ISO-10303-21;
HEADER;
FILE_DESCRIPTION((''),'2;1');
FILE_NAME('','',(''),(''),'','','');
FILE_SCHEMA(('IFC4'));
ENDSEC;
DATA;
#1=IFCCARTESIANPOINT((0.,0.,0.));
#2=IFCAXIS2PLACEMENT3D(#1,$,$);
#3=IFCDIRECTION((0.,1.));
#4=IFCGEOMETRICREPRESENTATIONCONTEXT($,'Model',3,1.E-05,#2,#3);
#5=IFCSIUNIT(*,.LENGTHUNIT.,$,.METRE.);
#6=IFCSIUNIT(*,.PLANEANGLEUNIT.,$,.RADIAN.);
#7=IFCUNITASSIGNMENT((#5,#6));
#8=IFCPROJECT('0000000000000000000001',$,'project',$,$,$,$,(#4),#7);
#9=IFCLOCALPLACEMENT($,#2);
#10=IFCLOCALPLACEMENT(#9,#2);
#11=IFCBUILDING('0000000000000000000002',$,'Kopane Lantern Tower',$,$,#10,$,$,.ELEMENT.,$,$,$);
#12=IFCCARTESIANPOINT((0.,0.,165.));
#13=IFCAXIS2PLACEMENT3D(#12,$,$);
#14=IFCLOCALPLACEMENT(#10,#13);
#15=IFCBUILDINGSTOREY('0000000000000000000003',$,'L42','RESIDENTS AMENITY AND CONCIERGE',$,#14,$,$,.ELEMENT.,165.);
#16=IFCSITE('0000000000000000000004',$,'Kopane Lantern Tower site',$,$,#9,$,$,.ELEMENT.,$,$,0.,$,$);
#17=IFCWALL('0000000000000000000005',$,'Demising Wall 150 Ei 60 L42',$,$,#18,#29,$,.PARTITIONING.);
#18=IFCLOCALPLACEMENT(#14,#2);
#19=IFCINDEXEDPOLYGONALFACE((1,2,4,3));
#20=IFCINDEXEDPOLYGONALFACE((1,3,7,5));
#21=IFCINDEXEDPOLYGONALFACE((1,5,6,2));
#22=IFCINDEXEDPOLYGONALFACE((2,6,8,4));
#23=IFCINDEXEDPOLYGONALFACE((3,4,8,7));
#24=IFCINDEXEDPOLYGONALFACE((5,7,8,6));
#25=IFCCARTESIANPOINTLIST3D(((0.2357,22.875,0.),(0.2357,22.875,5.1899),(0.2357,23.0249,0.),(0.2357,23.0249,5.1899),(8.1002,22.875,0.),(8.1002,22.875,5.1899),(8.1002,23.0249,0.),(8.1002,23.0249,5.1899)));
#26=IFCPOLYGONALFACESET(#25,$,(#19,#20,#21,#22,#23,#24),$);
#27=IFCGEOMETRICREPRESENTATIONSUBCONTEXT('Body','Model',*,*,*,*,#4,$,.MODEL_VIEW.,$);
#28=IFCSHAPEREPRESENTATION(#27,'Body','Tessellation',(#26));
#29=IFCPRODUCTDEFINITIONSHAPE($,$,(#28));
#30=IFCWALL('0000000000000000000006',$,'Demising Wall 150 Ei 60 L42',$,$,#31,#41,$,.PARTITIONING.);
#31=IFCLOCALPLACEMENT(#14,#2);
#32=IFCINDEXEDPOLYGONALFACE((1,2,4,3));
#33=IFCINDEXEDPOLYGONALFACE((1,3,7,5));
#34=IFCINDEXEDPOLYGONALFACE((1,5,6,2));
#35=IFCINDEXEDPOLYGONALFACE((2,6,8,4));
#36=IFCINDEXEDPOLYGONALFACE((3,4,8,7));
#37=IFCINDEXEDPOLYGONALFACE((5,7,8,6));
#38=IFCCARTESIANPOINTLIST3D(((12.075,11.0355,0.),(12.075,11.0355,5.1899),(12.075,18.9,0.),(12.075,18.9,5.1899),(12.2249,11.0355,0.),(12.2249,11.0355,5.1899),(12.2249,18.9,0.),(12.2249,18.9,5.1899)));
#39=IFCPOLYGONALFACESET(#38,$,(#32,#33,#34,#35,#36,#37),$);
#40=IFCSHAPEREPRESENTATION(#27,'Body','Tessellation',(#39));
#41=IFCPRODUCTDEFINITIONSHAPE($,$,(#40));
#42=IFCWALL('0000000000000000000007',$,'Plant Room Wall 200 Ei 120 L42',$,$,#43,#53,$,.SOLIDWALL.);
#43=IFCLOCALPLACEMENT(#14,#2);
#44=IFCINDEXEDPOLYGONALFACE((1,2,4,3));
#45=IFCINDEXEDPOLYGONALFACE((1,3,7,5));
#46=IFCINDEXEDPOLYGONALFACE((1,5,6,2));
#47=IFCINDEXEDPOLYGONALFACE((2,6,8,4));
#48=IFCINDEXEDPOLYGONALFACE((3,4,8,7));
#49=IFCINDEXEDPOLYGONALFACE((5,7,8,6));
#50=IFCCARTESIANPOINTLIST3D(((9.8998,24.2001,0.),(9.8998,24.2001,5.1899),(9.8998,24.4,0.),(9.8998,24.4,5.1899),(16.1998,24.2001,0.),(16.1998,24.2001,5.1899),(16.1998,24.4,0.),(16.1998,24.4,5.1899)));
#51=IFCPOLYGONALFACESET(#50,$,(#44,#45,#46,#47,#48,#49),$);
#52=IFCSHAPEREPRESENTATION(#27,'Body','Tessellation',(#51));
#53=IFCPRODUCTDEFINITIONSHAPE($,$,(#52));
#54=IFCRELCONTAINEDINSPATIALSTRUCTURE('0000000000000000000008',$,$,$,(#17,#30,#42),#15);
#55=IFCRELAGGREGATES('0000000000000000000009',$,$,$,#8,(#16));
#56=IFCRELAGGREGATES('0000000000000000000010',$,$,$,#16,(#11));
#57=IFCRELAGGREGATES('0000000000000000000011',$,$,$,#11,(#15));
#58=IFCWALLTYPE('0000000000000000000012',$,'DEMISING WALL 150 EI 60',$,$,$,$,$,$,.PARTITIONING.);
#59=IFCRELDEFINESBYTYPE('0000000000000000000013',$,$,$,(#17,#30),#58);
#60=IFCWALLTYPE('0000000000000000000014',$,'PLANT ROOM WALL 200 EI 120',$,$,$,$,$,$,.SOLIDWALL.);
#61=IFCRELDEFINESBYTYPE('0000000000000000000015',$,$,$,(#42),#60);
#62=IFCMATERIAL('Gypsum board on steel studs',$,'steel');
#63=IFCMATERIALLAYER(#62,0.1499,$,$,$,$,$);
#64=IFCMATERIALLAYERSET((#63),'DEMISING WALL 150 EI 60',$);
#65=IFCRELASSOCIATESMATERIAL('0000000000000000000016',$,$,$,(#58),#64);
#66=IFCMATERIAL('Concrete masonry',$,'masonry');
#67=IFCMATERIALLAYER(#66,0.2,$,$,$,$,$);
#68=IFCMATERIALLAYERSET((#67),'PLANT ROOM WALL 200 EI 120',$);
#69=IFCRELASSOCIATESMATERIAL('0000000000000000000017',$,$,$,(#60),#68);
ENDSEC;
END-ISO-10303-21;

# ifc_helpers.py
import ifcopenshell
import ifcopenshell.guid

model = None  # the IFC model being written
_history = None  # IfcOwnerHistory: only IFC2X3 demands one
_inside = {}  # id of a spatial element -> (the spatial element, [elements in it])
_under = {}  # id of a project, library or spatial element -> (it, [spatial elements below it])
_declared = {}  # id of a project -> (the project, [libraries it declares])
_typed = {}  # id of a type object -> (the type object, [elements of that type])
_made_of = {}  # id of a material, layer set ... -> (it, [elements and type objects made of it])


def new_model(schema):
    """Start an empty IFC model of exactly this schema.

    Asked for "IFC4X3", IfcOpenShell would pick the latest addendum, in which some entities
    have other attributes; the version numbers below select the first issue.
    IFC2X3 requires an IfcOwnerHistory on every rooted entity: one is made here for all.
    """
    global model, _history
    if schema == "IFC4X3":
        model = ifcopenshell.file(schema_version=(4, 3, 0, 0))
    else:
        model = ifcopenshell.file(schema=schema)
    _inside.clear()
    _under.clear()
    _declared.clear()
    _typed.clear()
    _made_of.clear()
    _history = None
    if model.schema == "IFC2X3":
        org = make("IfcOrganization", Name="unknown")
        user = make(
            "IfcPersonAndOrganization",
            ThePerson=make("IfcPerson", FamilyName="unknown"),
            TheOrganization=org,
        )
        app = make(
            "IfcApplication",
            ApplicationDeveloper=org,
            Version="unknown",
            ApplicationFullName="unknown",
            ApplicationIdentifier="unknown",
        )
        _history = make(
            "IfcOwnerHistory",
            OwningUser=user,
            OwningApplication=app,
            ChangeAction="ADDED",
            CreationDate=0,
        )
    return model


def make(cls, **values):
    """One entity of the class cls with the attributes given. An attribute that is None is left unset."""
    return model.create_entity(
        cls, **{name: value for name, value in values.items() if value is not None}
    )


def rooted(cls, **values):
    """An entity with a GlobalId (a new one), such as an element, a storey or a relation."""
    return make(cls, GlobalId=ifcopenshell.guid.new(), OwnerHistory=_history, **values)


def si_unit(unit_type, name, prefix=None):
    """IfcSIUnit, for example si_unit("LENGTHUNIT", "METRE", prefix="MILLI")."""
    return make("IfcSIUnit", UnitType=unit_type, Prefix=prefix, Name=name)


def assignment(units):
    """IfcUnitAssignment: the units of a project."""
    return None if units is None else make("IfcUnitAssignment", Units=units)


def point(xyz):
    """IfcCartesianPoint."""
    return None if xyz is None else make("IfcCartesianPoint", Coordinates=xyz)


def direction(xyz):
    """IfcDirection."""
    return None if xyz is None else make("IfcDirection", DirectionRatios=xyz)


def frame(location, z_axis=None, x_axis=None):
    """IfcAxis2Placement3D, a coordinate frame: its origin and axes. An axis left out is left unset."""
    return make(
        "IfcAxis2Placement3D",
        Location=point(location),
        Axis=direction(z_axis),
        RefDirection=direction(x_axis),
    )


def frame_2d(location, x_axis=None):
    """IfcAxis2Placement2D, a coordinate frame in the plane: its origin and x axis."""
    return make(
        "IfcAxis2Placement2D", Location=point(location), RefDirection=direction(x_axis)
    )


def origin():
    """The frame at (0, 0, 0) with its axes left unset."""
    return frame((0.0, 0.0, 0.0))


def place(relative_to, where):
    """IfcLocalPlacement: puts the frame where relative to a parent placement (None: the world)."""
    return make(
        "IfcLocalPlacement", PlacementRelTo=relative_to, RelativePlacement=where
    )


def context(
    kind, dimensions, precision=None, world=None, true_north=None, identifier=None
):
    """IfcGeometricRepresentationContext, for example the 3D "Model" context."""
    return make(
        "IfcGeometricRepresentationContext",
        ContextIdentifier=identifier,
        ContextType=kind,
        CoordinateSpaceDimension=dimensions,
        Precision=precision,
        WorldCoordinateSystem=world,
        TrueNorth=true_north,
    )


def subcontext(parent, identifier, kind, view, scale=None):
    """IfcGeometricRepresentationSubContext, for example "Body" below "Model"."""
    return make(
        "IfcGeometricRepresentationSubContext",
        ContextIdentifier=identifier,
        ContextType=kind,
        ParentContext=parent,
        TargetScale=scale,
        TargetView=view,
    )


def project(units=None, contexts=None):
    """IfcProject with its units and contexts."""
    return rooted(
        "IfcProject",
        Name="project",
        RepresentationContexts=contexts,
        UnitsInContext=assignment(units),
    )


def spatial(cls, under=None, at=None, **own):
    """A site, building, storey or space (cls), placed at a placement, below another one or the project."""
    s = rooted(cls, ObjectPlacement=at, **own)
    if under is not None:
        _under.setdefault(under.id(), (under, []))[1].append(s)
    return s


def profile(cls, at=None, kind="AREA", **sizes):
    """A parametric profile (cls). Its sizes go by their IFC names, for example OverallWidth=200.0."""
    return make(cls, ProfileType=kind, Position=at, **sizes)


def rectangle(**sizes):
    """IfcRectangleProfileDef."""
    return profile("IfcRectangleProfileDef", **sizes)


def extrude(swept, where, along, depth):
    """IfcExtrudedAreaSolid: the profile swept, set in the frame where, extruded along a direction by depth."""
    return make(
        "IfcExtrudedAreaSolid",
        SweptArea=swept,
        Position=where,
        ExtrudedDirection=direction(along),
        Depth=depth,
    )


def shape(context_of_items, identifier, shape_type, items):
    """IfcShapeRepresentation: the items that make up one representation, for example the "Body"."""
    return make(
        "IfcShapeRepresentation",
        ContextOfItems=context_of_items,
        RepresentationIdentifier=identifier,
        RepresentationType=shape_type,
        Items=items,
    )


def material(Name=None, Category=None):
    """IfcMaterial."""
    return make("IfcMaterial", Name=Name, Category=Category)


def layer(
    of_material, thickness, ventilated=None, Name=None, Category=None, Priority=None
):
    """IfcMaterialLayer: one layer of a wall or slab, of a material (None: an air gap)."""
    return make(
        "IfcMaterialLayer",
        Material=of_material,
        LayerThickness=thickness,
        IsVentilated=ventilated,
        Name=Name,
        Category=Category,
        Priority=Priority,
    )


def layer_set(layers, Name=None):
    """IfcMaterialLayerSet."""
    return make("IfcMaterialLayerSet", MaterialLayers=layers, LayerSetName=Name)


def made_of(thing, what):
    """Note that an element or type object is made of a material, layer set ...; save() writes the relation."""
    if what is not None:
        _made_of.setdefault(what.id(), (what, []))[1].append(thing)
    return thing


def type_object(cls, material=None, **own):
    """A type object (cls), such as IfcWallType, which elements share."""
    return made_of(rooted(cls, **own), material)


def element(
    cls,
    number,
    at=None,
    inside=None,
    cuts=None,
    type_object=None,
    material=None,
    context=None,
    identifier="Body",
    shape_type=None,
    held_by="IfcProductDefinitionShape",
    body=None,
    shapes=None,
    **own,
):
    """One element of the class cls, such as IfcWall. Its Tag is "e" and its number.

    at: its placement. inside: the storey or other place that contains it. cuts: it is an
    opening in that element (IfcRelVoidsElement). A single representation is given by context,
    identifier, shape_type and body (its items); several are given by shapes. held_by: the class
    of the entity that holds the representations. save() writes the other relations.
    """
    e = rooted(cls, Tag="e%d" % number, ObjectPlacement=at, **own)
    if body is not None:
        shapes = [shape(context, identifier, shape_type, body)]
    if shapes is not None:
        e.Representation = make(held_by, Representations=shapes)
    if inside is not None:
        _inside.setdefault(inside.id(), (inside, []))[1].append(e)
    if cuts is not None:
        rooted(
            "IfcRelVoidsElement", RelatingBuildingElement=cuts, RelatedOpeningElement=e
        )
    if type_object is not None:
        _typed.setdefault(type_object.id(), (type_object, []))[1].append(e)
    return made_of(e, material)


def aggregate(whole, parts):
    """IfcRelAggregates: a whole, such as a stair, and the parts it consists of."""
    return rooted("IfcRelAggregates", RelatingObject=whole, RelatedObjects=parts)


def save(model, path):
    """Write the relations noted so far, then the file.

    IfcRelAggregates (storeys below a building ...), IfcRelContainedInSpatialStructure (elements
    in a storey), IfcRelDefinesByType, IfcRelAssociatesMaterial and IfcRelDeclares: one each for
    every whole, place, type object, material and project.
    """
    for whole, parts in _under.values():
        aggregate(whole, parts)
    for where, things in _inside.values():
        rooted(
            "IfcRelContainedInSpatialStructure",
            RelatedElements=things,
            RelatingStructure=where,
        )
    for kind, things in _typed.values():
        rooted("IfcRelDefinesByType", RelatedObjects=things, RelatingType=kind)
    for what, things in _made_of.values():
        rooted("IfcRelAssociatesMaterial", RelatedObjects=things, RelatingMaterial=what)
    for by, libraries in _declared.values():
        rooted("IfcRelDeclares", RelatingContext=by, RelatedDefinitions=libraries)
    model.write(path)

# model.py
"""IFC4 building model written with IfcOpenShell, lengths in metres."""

from ifc_helpers import new_model, si_unit, direction, frame, frame_2d, origin, place, context, subcontext, project, spatial, rectangle, extrude, material, layer, layer_set, type_object, element, save


model = new_model("IFC4")

# Units and contexts
model_context = context("Model", 3, precision=1e-05, world=origin(), true_north=direction((0.0, 1.0)))
body_context = subcontext(model_context, "Body", "Model", "MODEL_VIEW")
ifc_project = project(units=[si_unit("LENGTHUNIT", "METRE"), si_unit("PLANEANGLEUNIT", "RADIAN")], contexts=[model_context])

# Site, building, storey
site_placement = place(None, origin())
site = spatial("IfcSite", under=ifc_project, at=site_placement, Name="Kopane Lantern Tower site", CompositionType="ELEMENT", RefElevation=0.0)
building_placement = place(site_placement, origin())
building = spatial("IfcBuilding", under=site, at=building_placement, Name="Kopane Lantern Tower", CompositionType="ELEMENT")
storey_placement = place(building_placement, frame((0.0, 0.0, 165.0)))
storey = spatial("IfcBuildingStorey", under=building, at=storey_placement, Name="L42", Description="RESIDENTS AMENITY AND CONCIERGE", CompositionType="ELEMENT", Elevation=165.0)

# Walls
ifc_material_1 = material(Name="Gypsum board on steel studs", Category="steel")
ifc_layer_1 = layer(ifc_material_1, 0.1499)
ifc_layer_set_1 = layer_set([ifc_layer_1], Name="DEMISING WALL 150 EI 60")
wall_type_1 = type_object("IfcWallType", Name="DEMISING WALL 150 EI 60", PredefinedType="PARTITIONING", material=ifc_layer_set_1)
for number, where, z_axis, x_axis, name in (
    (1, (8.1001, 22.95, 0.0), (0.0, 0.0, 1.0), (-1.0, 0.0, 0.0), "Demising Wall 150 Ei 60 L42"),
    (2, (12.1499, 18.8999, 0.0), (0.0, 0.0, 1.0), (0.0, -1.0, 0.0), "Demising Wall 150 Ei 60 L42"),
):
    element("IfcWall", number, at=place(storey_placement, frame(where, z_axis=z_axis, x_axis=x_axis)), inside=storey, type_object=wall_type_1, Name=name, PredefinedType="PARTITIONING", context=body_context, shape_type="SweptSolid", body=[
        extrude(rectangle(XDim=7.8645, YDim=0.1499, at=frame_2d((3.9321, 0.0))), origin(), (0.0, 0.0, 1.0), 5.1899),
    ])
ifc_material_2 = material(Name="Concrete masonry", Category="masonry")
ifc_layer_2 = layer(ifc_material_2, 0.2)
ifc_layer_set_2 = layer_set([ifc_layer_2], Name="PLANT ROOM WALL 200 EI 120")
wall_type_2 = type_object("IfcWallType", Name="PLANT ROOM WALL 200 EI 120", PredefinedType="SOLIDWALL", material=ifc_layer_set_2)
wall_1_placement = place(storey_placement, frame((9.8999, 24.3, 0.0), z_axis=(0.0, 0.0, 1.0), x_axis=(1.0, 0.0, 0.0)))
element("IfcWall", 3, at=wall_1_placement, inside=storey, type_object=wall_type_2, Name="Plant Room Wall 200 Ei 120 L42", PredefinedType="SOLIDWALL", context=body_context, shape_type="SweptSolid", body=[
    extrude(rectangle(XDim=6.3, YDim=0.2, at=frame_2d((3.1499, 0.0))), origin(), (0.0, 0.0, 1.0), 5.1899),
])

save(model, "model.ifc")
